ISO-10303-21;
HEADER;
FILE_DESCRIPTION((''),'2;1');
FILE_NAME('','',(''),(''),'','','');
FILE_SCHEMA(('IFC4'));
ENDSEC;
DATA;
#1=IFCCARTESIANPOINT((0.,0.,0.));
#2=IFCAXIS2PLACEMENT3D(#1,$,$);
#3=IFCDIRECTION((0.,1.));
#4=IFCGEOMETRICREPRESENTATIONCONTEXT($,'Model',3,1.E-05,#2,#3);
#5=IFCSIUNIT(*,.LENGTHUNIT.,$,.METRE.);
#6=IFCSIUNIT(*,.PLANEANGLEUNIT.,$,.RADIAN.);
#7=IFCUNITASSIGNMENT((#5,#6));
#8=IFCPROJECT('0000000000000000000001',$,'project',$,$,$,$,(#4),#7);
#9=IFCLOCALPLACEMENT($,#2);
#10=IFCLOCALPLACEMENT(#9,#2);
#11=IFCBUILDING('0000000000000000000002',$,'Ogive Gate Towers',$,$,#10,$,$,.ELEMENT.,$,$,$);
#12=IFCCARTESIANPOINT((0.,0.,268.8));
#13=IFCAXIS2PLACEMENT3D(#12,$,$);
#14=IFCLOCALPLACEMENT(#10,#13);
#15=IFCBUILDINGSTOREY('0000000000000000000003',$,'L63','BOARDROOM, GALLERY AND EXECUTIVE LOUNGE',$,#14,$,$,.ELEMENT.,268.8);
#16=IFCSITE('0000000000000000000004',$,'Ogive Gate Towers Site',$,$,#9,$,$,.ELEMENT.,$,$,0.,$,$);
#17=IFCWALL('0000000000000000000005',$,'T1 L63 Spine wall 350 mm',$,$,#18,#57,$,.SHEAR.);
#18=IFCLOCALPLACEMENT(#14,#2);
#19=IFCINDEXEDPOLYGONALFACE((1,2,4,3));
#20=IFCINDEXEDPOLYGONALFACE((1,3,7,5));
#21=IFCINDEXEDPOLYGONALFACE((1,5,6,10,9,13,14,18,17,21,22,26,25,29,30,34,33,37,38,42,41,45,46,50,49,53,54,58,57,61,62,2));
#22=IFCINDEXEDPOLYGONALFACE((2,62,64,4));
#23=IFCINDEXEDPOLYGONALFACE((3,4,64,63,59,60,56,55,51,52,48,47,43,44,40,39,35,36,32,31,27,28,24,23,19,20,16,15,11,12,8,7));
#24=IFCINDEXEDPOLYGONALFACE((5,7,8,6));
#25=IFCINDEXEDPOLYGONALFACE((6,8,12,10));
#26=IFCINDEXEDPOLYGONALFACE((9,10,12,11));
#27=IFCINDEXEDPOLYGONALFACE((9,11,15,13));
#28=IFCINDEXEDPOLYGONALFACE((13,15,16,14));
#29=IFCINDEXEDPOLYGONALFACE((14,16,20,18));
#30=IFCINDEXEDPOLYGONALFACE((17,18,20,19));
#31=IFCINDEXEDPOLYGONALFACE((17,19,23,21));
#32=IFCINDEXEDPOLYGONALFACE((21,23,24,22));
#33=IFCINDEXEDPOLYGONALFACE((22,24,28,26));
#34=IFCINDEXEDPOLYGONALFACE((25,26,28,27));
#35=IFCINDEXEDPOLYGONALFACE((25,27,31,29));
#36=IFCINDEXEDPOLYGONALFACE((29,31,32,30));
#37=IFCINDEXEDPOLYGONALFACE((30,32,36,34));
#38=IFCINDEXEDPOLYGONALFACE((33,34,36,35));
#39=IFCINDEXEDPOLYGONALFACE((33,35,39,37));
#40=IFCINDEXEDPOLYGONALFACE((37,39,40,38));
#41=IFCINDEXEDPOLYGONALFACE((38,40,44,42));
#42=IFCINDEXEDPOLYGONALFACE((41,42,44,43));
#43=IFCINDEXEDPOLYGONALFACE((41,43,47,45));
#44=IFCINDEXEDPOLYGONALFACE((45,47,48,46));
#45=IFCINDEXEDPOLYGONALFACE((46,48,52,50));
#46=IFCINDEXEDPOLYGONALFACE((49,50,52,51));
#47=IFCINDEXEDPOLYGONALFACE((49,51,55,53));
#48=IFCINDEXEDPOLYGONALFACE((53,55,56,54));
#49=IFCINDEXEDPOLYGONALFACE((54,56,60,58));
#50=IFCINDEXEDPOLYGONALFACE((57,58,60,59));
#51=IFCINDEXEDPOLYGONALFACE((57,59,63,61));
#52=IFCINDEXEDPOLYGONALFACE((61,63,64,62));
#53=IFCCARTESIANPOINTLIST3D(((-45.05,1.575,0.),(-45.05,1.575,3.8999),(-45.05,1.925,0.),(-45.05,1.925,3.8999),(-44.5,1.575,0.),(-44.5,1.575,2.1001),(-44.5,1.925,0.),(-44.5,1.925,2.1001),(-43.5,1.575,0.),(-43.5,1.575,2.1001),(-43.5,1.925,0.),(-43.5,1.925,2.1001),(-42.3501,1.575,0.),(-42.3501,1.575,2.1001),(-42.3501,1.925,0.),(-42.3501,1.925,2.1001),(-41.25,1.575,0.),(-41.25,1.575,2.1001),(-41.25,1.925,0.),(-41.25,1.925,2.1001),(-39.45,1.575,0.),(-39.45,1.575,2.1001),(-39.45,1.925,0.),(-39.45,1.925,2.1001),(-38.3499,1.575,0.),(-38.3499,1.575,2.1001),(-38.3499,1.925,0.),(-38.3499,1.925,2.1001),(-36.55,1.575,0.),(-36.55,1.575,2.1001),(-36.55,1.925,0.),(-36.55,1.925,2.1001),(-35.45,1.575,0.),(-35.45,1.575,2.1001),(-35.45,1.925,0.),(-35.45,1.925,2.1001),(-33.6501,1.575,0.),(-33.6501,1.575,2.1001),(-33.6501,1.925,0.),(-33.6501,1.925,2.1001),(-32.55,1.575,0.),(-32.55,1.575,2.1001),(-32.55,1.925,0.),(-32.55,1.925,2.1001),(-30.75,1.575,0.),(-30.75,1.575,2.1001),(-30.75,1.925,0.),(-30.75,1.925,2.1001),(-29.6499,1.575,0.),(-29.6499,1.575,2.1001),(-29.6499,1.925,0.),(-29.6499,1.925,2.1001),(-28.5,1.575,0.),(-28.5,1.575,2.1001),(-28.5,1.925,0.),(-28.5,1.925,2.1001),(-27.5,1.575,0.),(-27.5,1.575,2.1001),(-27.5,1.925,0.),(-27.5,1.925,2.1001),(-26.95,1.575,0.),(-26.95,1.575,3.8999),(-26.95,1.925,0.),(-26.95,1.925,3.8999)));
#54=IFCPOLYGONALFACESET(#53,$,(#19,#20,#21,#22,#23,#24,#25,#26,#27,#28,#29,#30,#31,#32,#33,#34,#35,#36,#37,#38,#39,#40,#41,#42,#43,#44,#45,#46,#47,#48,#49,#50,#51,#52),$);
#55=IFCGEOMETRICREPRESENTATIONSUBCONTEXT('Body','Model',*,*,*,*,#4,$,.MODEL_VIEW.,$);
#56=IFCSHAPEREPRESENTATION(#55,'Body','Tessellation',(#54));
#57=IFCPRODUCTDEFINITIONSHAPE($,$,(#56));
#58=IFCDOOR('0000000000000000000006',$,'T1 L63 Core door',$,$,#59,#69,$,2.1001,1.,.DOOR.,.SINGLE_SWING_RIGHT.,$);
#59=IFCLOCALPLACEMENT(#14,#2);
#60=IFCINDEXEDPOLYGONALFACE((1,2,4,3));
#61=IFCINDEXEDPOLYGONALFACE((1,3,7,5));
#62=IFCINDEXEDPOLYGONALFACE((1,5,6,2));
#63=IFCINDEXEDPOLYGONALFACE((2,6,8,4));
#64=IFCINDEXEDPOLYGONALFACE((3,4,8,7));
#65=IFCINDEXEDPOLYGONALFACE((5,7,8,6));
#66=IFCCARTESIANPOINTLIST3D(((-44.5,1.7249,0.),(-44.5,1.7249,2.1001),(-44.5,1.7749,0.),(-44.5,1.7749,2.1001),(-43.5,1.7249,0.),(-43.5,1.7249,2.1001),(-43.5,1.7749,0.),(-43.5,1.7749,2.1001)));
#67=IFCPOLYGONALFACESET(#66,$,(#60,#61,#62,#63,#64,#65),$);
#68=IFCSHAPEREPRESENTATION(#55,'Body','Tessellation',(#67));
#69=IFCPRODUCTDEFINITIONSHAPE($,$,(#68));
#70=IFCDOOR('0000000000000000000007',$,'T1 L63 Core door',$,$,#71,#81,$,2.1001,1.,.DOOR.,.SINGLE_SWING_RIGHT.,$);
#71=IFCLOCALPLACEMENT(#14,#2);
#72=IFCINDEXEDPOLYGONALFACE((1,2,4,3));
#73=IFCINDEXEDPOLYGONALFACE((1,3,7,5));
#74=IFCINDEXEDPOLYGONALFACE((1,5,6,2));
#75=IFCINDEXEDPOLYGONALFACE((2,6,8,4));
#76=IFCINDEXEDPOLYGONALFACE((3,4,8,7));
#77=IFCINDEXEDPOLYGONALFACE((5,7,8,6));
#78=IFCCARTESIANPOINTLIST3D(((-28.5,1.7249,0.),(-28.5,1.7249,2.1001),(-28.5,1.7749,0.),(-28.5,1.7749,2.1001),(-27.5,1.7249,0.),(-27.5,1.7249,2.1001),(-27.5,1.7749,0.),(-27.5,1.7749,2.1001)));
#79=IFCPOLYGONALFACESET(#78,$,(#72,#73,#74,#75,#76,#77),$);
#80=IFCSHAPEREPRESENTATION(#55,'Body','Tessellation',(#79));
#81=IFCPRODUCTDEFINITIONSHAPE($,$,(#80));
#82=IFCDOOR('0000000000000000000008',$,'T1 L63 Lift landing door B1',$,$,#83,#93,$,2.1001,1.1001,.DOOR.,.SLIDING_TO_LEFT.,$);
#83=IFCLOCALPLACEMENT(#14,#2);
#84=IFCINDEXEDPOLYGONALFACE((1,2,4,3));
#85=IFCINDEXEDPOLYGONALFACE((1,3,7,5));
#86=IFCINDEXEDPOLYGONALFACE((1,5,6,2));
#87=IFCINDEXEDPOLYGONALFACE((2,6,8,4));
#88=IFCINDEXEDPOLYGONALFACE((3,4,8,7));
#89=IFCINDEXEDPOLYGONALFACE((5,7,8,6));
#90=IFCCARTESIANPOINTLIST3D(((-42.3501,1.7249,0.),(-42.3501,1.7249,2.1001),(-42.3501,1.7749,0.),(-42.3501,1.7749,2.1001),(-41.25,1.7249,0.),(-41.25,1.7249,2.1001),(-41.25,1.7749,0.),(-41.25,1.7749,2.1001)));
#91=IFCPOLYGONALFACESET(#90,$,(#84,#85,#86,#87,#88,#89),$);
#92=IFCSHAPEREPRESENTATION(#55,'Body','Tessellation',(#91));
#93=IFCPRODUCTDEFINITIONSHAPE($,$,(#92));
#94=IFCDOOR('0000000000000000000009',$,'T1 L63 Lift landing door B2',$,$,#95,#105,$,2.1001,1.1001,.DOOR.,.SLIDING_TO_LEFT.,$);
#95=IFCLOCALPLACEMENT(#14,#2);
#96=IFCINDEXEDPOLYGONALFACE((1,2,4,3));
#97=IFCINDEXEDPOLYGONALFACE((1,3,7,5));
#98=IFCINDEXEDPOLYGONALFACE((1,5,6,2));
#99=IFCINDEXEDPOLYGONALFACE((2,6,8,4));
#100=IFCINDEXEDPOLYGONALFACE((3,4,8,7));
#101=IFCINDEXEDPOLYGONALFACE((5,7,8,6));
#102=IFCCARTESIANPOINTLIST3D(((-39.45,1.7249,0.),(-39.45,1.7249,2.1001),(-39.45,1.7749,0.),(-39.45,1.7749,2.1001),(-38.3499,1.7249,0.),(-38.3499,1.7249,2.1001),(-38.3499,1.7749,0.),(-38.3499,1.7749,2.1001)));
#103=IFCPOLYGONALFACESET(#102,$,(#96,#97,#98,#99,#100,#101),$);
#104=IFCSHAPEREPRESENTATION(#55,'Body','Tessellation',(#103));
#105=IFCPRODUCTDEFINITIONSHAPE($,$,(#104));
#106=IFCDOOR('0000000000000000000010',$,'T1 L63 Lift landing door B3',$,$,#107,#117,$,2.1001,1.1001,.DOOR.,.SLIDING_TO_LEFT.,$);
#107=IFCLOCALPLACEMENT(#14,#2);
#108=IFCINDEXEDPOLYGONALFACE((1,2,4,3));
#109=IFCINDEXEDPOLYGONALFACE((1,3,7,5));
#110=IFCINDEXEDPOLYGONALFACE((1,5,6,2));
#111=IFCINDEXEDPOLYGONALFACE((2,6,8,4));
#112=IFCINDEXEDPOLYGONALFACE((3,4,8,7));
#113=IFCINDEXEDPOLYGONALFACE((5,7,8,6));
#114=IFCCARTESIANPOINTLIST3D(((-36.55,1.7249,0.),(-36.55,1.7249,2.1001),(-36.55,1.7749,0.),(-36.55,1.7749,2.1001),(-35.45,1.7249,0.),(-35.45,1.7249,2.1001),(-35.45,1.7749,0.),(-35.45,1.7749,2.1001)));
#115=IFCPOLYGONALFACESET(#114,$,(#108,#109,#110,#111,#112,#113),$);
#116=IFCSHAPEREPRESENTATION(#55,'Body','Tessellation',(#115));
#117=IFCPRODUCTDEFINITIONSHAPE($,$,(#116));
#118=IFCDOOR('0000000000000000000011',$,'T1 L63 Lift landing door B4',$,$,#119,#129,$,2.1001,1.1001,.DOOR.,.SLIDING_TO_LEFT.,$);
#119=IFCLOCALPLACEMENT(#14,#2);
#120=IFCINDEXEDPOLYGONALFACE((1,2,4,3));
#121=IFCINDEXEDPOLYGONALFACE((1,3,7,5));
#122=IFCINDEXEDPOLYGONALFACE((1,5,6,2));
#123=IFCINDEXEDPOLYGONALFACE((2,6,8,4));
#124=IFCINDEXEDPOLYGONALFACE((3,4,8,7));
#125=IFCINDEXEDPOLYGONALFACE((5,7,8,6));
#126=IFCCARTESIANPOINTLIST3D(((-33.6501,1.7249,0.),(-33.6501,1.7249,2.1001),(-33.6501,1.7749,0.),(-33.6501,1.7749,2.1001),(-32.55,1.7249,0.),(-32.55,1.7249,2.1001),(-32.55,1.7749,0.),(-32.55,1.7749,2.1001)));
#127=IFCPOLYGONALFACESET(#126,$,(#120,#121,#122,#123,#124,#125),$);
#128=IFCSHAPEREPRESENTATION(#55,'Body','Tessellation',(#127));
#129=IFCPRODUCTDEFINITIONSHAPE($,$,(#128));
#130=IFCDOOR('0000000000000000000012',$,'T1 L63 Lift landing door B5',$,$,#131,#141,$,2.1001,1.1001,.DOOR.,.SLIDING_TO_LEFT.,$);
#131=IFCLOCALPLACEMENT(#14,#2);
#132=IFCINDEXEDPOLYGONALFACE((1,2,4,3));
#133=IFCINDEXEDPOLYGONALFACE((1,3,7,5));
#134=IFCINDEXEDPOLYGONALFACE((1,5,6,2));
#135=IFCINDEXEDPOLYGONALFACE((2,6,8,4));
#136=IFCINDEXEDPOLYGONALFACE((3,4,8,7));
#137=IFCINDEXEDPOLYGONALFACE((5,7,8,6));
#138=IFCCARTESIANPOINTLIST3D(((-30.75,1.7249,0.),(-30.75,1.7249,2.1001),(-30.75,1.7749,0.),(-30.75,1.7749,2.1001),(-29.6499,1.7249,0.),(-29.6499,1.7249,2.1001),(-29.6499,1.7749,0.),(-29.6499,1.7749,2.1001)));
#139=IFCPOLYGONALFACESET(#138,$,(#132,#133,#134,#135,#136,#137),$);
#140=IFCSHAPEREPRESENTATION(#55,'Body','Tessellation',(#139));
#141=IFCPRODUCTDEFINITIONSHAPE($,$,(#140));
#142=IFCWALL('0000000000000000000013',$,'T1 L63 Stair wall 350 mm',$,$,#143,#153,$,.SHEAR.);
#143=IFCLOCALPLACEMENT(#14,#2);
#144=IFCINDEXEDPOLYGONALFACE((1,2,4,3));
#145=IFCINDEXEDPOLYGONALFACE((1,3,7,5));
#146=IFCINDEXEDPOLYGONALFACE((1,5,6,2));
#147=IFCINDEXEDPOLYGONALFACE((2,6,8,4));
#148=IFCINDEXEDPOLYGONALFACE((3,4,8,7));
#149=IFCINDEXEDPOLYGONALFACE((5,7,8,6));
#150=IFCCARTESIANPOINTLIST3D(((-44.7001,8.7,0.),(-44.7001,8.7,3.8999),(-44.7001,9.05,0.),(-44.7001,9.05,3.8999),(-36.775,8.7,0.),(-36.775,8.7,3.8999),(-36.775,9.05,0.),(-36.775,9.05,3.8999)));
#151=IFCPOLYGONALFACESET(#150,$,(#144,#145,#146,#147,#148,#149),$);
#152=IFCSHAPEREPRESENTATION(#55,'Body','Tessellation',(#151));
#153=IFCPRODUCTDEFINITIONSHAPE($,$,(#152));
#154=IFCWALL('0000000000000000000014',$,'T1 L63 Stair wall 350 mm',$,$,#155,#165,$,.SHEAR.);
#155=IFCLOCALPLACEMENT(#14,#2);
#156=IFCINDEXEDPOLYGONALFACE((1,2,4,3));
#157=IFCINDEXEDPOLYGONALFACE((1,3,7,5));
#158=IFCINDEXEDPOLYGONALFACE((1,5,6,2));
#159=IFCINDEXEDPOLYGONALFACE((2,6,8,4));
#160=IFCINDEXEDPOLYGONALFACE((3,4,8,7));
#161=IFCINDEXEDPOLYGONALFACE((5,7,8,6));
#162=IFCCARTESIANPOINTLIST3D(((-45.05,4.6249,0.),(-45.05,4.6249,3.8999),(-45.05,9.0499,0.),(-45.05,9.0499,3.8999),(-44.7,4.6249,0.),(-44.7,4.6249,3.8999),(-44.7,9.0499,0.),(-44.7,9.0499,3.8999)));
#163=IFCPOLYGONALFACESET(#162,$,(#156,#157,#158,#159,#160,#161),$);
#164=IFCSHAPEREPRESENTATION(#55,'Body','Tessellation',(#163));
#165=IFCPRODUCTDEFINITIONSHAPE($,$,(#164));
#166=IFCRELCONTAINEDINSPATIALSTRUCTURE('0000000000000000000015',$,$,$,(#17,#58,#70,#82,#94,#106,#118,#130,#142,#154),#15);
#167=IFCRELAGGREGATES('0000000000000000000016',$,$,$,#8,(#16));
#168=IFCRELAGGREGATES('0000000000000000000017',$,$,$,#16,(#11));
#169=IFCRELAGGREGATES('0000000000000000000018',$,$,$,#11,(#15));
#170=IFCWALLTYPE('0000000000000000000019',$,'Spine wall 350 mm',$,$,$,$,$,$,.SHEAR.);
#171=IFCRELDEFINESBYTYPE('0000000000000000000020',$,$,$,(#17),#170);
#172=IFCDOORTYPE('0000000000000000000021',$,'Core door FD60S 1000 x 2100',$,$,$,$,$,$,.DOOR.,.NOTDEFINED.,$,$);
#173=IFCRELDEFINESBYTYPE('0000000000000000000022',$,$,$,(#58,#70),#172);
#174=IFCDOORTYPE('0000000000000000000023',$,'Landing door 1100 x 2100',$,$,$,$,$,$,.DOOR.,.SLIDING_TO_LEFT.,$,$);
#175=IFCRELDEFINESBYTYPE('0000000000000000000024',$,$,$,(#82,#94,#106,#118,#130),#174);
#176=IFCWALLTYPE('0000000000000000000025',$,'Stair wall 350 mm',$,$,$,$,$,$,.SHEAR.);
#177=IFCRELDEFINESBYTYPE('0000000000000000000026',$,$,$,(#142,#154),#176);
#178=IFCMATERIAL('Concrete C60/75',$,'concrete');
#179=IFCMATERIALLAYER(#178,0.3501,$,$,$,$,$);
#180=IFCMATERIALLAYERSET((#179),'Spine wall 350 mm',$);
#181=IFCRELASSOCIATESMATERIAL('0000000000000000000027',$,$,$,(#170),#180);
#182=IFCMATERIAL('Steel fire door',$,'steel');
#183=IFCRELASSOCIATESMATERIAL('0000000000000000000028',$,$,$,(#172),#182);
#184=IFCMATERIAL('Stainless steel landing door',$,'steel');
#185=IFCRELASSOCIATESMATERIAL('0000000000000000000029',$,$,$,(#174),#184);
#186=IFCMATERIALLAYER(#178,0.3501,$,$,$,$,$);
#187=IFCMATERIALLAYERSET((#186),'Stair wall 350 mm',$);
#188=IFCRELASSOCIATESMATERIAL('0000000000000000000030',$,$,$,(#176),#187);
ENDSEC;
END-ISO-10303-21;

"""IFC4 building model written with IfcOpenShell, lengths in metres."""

from ifc_helpers import new_model, si_unit, direction, frame, frame_2d, origin, place, context, subcontext, project, spatial, rectangle, extrude, material, layer, layer_set, type_object, element, fill, save


model = new_model("IFC4")

# Units and contexts
model_context = context("Model", 3, precision=1e-05, world=origin(), true_north=direction((0.0, 1.0)))
body_context = subcontext(model_context, "Body", "Model", "MODEL_VIEW")
ifc_project = project(units=[si_unit("LENGTHUNIT", "METRE"), si_unit("PLANEANGLEUNIT", "RADIAN")], contexts=[model_context])

# Site, building, storey
site_placement = place(None, origin())
site = spatial("IfcSite", under=ifc_project, at=site_placement, Name="Ogive Gate Towers Site", CompositionType="ELEMENT", RefElevation=0.0)
building_placement = place(site_placement, origin())
building = spatial("IfcBuilding", under=site, at=building_placement, Name="Ogive Gate Towers", CompositionType="ELEMENT")
storey_placement = place(building_placement, frame((0.0, 0.0, 268.8)))
storey = spatial("IfcBuildingStorey", under=building, at=storey_placement, Name="L63", Description="BOARDROOM, GALLERY AND EXECUTIVE LOUNGE", CompositionType="ELEMENT", Elevation=268.8)

# Shared definitions
ifc_material_1 = material(Name="Concrete C60/75", Category="concrete")
ifc_material_2 = material(Name="Steel fire door", Category="steel")

# Wall, openings, doors
ifc_layer_1 = layer(ifc_material_1, 0.3501)
ifc_layer_set_1 = layer_set([ifc_layer_1], Name="Spine wall 350 mm")
wall_type_1 = type_object("IfcWallType", Name="Spine wall 350 mm", PredefinedType="SHEAR", material=ifc_layer_set_1)
wall_1_placement = place(storey_placement, frame((-45.05, 1.75, 0.0), z_axis=(0.0, 0.0, 1.0), x_axis=(1.0, 0.0, 0.0)))
wall_1 = element("IfcWall", 1, at=wall_1_placement, inside=storey, type_object=wall_type_1, Name="T1 L63 Spine wall 350 mm", PredefinedType="SHEAR", context=body_context, shape_type="SweptSolid", body=[
    extrude(rectangle(XDim=18.1001, YDim=0.3501, at=frame_2d((9.05, 0.0))), origin(), (0.0, 0.0, 1.0), 3.8999),
])
opening_1_placement = place(wall_1_placement, frame((0.55, 0.0, 0.0)))
opening_1 = element("IfcOpeningElement", 2, at=opening_1_placement, cuts=wall_1, PredefinedType="OPENING", context=body_context, shape_type="SweptSolid", body=[
    extrude(rectangle(XDim=1.0, YDim=2.1001, at=frame_2d((0.5, 1.05))), frame((0.0, 0.1851, 0.0), z_axis=(0.0, -1.0, 0.0), x_axis=(1.0, 0.0, 0.0)), (0.0, 0.0, 1.0), 0.3701),
])
opening_2_placement = place(wall_1_placement, frame((2.7, 0.0, 0.0)))
opening_2 = element("IfcOpeningElement", 3, at=opening_2_placement, cuts=wall_1, PredefinedType="OPENING", context=body_context, shape_type="SweptSolid", body=[
    extrude(rectangle(XDim=1.1001, YDim=2.1001, at=frame_2d((0.55, 1.05))), frame((0.0, 0.1851, 0.0), z_axis=(0.0, -1.0, 0.0), x_axis=(1.0, 0.0, 0.0)), (0.0, 0.0, 1.0), 0.3701),
])
opening_3_placement = place(wall_1_placement, frame((5.6001, 0.0, 0.0)))
opening_3 = element("IfcOpeningElement", 4, at=opening_3_placement, cuts=wall_1, PredefinedType="OPENING", context=body_context, shape_type="SweptSolid", body=[
    extrude(rectangle(XDim=1.1001, YDim=2.1001, at=frame_2d((0.55, 1.05))), frame((0.0, 0.1851, 0.0), z_axis=(0.0, -1.0, 0.0), x_axis=(1.0, 0.0, 0.0)), (0.0, 0.0, 1.0), 0.3701),
])
opening_4_placement = place(wall_1_placement, frame((8.5, 0.0, 0.0)))
opening_4 = element("IfcOpeningElement", 5, at=opening_4_placement, cuts=wall_1, PredefinedType="OPENING", context=body_context, shape_type="SweptSolid", body=[
    extrude(rectangle(XDim=1.1001, YDim=2.1001, at=frame_2d((0.55, 1.05))), frame((0.0, 0.1851, 0.0), z_axis=(0.0, -1.0, 0.0), x_axis=(1.0, 0.0, 0.0)), (0.0, 0.0, 1.0), 0.3701),
])
opening_5_placement = place(wall_1_placement, frame((11.3999, 0.0, 0.0)))
opening_5 = element("IfcOpeningElement", 6, at=opening_5_placement, cuts=wall_1, PredefinedType="OPENING", context=body_context, shape_type="SweptSolid", body=[
    extrude(rectangle(XDim=1.1001, YDim=2.1001, at=frame_2d((0.55, 1.05))), frame((0.0, 0.1851, 0.0), z_axis=(0.0, -1.0, 0.0), x_axis=(1.0, 0.0, 0.0)), (0.0, 0.0, 1.0), 0.3701),
])
opening_6_placement = place(wall_1_placement, frame((14.3, 0.0, 0.0)))
opening_6 = element("IfcOpeningElement", 7, at=opening_6_placement, cuts=wall_1, PredefinedType="OPENING", context=body_context, shape_type="SweptSolid", body=[
    extrude(rectangle(XDim=1.1001, YDim=2.1001, at=frame_2d((0.55, 1.05))), frame((0.0, 0.1851, 0.0), z_axis=(0.0, -1.0, 0.0), x_axis=(1.0, 0.0, 0.0)), (0.0, 0.0, 1.0), 0.3701),
])
opening_7_placement = place(wall_1_placement, frame((16.55, 0.0, 0.0)))
opening_7 = element("IfcOpeningElement", 8, at=opening_7_placement, cuts=wall_1, PredefinedType="OPENING", context=body_context, shape_type="SweptSolid", body=[
    extrude(rectangle(XDim=1.0, YDim=2.1001, at=frame_2d((0.5, 1.05))), frame((0.0, 0.1851, 0.0), z_axis=(0.0, -1.0, 0.0), x_axis=(1.0, 0.0, 0.0)), (0.0, 0.0, 1.0), 0.3701),
])
door_type_1 = type_object("IfcDoorType", Name="Core door FD60S 1000 x 2100", OperationType="NOTDEFINED", PredefinedType="DOOR", material=ifc_material_2)
door_1_placement = place(opening_1_placement, origin())
door_1 = element("IfcDoor", 9, at=door_1_placement, inside=storey, type_object=door_type_1, Name="T1 L63 Core door", OperationType="SINGLE_SWING_RIGHT", OverallHeight=2.1001, OverallWidth=1.0, PredefinedType="DOOR", context=body_context, shape_type="SweptSolid", body=[
    extrude(rectangle(XDim=1.0, YDim=2.1001, at=frame_2d((0.5, 1.05))), frame((0.0, 0.0249, 0.0), z_axis=(0.0, -1.0, 0.0), x_axis=(1.0, 0.0, 0.0)), (0.0, 0.0, 1.0), 0.05),
])
fill(opening_1, door_1)
door_2_placement = place(opening_7_placement, origin())
door_2 = element("IfcDoor", 10, at=door_2_placement, inside=storey, type_object=door_type_1, Name="T1 L63 Core door", OperationType="SINGLE_SWING_RIGHT", OverallHeight=2.1001, OverallWidth=1.0, PredefinedType="DOOR", context=body_context, shape_type="SweptSolid", body=[
    extrude(rectangle(XDim=1.0, YDim=2.1001, at=frame_2d((0.5, 1.05))), frame((0.0, 0.0249, 0.0), z_axis=(0.0, -1.0, 0.0), x_axis=(1.0, 0.0, 0.0)), (0.0, 0.0, 1.0), 0.05),
])
fill(opening_7, door_2)
ifc_material_3 = material(Name="Stainless steel landing door", Category="steel")
door_type_2 = type_object("IfcDoorType", Name="Landing door 1100 x 2100", OperationType="SLIDING_TO_LEFT", PredefinedType="DOOR", material=ifc_material_3)
door_3_placement = place(opening_2_placement, origin())
door_3 = element("IfcDoor", 11, at=door_3_placement, inside=storey, type_object=door_type_2, Name="T1 L63 Lift landing door B1", OperationType="SLIDING_TO_LEFT", OverallHeight=2.1001, OverallWidth=1.1001, PredefinedType="DOOR", context=body_context, shape_type="SweptSolid", body=[
    extrude(rectangle(XDim=1.1001, YDim=2.1001, at=frame_2d((0.55, 1.05))), frame((0.0, 0.0249, 0.0), z_axis=(0.0, -1.0, 0.0), x_axis=(1.0, 0.0, 0.0)), (0.0, 0.0, 1.0), 0.05),
])
fill(opening_2, door_3)
door_4_placement = place(opening_3_placement, origin())
door_4 = element("IfcDoor", 12, at=door_4_placement, inside=storey, type_object=door_type_2, Name="T1 L63 Lift landing door B2", OperationType="SLIDING_TO_LEFT", OverallHeight=2.1001, OverallWidth=1.1001, PredefinedType="DOOR", context=body_context, shape_type="SweptSolid", body=[
    extrude(rectangle(XDim=1.1001, YDim=2.1001, at=frame_2d((0.55, 1.05))), frame((0.0, 0.0249, 0.0), z_axis=(0.0, -1.0, 0.0), x_axis=(1.0, 0.0, 0.0)), (0.0, 0.0, 1.0), 0.05),
])
fill(opening_3, door_4)
door_5_placement = place(opening_4_placement, origin())
door_5 = element("IfcDoor", 13, at=door_5_placement, inside=storey, type_object=door_type_2, Name="T1 L63 Lift landing door B3", OperationType="SLIDING_TO_LEFT", OverallHeight=2.1001, OverallWidth=1.1001, PredefinedType="DOOR", context=body_context, shape_type="SweptSolid", body=[
    extrude(rectangle(XDim=1.1001, YDim=2.1001, at=frame_2d((0.55, 1.05))), frame((0.0, 0.0249, 0.0), z_axis=(0.0, -1.0, 0.0), x_axis=(1.0, 0.0, 0.0)), (0.0, 0.0, 1.0), 0.05),
])
fill(opening_4, door_5)
door_6_placement = place(opening_5_placement, origin())
door_6 = element("IfcDoor", 14, at=door_6_placement, inside=storey, type_object=door_type_2, Name="T1 L63 Lift landing door B4", OperationType="SLIDING_TO_LEFT", OverallHeight=2.1001, OverallWidth=1.1001, PredefinedType="DOOR", context=body_context, shape_type="SweptSolid", body=[
    extrude(rectangle(XDim=1.1001, YDim=2.1001, at=frame_2d((0.55, 1.05))), frame((0.0, 0.0249, 0.0), z_axis=(0.0, -1.0, 0.0), x_axis=(1.0, 0.0, 0.0)), (0.0, 0.0, 1.0), 0.05),
])
fill(opening_5, door_6)
door_7_placement = place(opening_6_placement, origin())
door_7 = element("IfcDoor", 15, at=door_7_placement, inside=storey, type_object=door_type_2, Name="T1 L63 Lift landing door B5", OperationType="SLIDING_TO_LEFT", OverallHeight=2.1001, OverallWidth=1.1001, PredefinedType="DOOR", context=body_context, shape_type="SweptSolid", body=[
    extrude(rectangle(XDim=1.1001, YDim=2.1001, at=frame_2d((0.55, 1.05))), frame((0.0, 0.0249, 0.0), z_axis=(0.0, -1.0, 0.0), x_axis=(1.0, 0.0, 0.0)), (0.0, 0.0, 1.0), 0.05),
])
fill(opening_6, door_7)

# Walls
ifc_layer_2 = layer(ifc_material_1, 0.3501)
ifc_layer_set_2 = layer_set([ifc_layer_2], Name="Stair wall 350 mm")
wall_type_2 = type_object("IfcWallType", Name="Stair wall 350 mm", PredefinedType="SHEAR", material=ifc_layer_set_2)
wall_2_placement = place(storey_placement, frame((-44.7, 8.875, 0.0), z_axis=(0.0, 0.0, 1.0), x_axis=(1.0, 0.0, 0.0)))
element("IfcWall", 16, at=wall_2_placement, inside=storey, type_object=wall_type_2, Name="T1 L63 Stair wall 350 mm", PredefinedType="SHEAR", context=body_context, shape_type="SweptSolid", body=[
    extrude(rectangle(XDim=7.925, YDim=0.3501, at=frame_2d((3.9624, 0.0))), origin(), (0.0, 0.0, 1.0), 3.8999),
])
wall_3_placement = place(storey_placement, frame((-44.875, 4.625, 0.0), z_axis=(0.0, 0.0, 1.0), x_axis=(0.0, 1.0, 0.0)))
element("IfcWall", 17, at=wall_3_placement, inside=storey, type_object=wall_type_2, Name="T1 L63 Stair wall 350 mm", PredefinedType="SHEAR", context=body_context, shape_type="SweptSolid", body=[
    extrude(rectangle(XDim=4.425, YDim=0.3501, at=frame_2d((2.2124, 0.0))), origin(), (0.0, 0.0, 1.0), 3.8999),
])

save(model, "model.ifc")
